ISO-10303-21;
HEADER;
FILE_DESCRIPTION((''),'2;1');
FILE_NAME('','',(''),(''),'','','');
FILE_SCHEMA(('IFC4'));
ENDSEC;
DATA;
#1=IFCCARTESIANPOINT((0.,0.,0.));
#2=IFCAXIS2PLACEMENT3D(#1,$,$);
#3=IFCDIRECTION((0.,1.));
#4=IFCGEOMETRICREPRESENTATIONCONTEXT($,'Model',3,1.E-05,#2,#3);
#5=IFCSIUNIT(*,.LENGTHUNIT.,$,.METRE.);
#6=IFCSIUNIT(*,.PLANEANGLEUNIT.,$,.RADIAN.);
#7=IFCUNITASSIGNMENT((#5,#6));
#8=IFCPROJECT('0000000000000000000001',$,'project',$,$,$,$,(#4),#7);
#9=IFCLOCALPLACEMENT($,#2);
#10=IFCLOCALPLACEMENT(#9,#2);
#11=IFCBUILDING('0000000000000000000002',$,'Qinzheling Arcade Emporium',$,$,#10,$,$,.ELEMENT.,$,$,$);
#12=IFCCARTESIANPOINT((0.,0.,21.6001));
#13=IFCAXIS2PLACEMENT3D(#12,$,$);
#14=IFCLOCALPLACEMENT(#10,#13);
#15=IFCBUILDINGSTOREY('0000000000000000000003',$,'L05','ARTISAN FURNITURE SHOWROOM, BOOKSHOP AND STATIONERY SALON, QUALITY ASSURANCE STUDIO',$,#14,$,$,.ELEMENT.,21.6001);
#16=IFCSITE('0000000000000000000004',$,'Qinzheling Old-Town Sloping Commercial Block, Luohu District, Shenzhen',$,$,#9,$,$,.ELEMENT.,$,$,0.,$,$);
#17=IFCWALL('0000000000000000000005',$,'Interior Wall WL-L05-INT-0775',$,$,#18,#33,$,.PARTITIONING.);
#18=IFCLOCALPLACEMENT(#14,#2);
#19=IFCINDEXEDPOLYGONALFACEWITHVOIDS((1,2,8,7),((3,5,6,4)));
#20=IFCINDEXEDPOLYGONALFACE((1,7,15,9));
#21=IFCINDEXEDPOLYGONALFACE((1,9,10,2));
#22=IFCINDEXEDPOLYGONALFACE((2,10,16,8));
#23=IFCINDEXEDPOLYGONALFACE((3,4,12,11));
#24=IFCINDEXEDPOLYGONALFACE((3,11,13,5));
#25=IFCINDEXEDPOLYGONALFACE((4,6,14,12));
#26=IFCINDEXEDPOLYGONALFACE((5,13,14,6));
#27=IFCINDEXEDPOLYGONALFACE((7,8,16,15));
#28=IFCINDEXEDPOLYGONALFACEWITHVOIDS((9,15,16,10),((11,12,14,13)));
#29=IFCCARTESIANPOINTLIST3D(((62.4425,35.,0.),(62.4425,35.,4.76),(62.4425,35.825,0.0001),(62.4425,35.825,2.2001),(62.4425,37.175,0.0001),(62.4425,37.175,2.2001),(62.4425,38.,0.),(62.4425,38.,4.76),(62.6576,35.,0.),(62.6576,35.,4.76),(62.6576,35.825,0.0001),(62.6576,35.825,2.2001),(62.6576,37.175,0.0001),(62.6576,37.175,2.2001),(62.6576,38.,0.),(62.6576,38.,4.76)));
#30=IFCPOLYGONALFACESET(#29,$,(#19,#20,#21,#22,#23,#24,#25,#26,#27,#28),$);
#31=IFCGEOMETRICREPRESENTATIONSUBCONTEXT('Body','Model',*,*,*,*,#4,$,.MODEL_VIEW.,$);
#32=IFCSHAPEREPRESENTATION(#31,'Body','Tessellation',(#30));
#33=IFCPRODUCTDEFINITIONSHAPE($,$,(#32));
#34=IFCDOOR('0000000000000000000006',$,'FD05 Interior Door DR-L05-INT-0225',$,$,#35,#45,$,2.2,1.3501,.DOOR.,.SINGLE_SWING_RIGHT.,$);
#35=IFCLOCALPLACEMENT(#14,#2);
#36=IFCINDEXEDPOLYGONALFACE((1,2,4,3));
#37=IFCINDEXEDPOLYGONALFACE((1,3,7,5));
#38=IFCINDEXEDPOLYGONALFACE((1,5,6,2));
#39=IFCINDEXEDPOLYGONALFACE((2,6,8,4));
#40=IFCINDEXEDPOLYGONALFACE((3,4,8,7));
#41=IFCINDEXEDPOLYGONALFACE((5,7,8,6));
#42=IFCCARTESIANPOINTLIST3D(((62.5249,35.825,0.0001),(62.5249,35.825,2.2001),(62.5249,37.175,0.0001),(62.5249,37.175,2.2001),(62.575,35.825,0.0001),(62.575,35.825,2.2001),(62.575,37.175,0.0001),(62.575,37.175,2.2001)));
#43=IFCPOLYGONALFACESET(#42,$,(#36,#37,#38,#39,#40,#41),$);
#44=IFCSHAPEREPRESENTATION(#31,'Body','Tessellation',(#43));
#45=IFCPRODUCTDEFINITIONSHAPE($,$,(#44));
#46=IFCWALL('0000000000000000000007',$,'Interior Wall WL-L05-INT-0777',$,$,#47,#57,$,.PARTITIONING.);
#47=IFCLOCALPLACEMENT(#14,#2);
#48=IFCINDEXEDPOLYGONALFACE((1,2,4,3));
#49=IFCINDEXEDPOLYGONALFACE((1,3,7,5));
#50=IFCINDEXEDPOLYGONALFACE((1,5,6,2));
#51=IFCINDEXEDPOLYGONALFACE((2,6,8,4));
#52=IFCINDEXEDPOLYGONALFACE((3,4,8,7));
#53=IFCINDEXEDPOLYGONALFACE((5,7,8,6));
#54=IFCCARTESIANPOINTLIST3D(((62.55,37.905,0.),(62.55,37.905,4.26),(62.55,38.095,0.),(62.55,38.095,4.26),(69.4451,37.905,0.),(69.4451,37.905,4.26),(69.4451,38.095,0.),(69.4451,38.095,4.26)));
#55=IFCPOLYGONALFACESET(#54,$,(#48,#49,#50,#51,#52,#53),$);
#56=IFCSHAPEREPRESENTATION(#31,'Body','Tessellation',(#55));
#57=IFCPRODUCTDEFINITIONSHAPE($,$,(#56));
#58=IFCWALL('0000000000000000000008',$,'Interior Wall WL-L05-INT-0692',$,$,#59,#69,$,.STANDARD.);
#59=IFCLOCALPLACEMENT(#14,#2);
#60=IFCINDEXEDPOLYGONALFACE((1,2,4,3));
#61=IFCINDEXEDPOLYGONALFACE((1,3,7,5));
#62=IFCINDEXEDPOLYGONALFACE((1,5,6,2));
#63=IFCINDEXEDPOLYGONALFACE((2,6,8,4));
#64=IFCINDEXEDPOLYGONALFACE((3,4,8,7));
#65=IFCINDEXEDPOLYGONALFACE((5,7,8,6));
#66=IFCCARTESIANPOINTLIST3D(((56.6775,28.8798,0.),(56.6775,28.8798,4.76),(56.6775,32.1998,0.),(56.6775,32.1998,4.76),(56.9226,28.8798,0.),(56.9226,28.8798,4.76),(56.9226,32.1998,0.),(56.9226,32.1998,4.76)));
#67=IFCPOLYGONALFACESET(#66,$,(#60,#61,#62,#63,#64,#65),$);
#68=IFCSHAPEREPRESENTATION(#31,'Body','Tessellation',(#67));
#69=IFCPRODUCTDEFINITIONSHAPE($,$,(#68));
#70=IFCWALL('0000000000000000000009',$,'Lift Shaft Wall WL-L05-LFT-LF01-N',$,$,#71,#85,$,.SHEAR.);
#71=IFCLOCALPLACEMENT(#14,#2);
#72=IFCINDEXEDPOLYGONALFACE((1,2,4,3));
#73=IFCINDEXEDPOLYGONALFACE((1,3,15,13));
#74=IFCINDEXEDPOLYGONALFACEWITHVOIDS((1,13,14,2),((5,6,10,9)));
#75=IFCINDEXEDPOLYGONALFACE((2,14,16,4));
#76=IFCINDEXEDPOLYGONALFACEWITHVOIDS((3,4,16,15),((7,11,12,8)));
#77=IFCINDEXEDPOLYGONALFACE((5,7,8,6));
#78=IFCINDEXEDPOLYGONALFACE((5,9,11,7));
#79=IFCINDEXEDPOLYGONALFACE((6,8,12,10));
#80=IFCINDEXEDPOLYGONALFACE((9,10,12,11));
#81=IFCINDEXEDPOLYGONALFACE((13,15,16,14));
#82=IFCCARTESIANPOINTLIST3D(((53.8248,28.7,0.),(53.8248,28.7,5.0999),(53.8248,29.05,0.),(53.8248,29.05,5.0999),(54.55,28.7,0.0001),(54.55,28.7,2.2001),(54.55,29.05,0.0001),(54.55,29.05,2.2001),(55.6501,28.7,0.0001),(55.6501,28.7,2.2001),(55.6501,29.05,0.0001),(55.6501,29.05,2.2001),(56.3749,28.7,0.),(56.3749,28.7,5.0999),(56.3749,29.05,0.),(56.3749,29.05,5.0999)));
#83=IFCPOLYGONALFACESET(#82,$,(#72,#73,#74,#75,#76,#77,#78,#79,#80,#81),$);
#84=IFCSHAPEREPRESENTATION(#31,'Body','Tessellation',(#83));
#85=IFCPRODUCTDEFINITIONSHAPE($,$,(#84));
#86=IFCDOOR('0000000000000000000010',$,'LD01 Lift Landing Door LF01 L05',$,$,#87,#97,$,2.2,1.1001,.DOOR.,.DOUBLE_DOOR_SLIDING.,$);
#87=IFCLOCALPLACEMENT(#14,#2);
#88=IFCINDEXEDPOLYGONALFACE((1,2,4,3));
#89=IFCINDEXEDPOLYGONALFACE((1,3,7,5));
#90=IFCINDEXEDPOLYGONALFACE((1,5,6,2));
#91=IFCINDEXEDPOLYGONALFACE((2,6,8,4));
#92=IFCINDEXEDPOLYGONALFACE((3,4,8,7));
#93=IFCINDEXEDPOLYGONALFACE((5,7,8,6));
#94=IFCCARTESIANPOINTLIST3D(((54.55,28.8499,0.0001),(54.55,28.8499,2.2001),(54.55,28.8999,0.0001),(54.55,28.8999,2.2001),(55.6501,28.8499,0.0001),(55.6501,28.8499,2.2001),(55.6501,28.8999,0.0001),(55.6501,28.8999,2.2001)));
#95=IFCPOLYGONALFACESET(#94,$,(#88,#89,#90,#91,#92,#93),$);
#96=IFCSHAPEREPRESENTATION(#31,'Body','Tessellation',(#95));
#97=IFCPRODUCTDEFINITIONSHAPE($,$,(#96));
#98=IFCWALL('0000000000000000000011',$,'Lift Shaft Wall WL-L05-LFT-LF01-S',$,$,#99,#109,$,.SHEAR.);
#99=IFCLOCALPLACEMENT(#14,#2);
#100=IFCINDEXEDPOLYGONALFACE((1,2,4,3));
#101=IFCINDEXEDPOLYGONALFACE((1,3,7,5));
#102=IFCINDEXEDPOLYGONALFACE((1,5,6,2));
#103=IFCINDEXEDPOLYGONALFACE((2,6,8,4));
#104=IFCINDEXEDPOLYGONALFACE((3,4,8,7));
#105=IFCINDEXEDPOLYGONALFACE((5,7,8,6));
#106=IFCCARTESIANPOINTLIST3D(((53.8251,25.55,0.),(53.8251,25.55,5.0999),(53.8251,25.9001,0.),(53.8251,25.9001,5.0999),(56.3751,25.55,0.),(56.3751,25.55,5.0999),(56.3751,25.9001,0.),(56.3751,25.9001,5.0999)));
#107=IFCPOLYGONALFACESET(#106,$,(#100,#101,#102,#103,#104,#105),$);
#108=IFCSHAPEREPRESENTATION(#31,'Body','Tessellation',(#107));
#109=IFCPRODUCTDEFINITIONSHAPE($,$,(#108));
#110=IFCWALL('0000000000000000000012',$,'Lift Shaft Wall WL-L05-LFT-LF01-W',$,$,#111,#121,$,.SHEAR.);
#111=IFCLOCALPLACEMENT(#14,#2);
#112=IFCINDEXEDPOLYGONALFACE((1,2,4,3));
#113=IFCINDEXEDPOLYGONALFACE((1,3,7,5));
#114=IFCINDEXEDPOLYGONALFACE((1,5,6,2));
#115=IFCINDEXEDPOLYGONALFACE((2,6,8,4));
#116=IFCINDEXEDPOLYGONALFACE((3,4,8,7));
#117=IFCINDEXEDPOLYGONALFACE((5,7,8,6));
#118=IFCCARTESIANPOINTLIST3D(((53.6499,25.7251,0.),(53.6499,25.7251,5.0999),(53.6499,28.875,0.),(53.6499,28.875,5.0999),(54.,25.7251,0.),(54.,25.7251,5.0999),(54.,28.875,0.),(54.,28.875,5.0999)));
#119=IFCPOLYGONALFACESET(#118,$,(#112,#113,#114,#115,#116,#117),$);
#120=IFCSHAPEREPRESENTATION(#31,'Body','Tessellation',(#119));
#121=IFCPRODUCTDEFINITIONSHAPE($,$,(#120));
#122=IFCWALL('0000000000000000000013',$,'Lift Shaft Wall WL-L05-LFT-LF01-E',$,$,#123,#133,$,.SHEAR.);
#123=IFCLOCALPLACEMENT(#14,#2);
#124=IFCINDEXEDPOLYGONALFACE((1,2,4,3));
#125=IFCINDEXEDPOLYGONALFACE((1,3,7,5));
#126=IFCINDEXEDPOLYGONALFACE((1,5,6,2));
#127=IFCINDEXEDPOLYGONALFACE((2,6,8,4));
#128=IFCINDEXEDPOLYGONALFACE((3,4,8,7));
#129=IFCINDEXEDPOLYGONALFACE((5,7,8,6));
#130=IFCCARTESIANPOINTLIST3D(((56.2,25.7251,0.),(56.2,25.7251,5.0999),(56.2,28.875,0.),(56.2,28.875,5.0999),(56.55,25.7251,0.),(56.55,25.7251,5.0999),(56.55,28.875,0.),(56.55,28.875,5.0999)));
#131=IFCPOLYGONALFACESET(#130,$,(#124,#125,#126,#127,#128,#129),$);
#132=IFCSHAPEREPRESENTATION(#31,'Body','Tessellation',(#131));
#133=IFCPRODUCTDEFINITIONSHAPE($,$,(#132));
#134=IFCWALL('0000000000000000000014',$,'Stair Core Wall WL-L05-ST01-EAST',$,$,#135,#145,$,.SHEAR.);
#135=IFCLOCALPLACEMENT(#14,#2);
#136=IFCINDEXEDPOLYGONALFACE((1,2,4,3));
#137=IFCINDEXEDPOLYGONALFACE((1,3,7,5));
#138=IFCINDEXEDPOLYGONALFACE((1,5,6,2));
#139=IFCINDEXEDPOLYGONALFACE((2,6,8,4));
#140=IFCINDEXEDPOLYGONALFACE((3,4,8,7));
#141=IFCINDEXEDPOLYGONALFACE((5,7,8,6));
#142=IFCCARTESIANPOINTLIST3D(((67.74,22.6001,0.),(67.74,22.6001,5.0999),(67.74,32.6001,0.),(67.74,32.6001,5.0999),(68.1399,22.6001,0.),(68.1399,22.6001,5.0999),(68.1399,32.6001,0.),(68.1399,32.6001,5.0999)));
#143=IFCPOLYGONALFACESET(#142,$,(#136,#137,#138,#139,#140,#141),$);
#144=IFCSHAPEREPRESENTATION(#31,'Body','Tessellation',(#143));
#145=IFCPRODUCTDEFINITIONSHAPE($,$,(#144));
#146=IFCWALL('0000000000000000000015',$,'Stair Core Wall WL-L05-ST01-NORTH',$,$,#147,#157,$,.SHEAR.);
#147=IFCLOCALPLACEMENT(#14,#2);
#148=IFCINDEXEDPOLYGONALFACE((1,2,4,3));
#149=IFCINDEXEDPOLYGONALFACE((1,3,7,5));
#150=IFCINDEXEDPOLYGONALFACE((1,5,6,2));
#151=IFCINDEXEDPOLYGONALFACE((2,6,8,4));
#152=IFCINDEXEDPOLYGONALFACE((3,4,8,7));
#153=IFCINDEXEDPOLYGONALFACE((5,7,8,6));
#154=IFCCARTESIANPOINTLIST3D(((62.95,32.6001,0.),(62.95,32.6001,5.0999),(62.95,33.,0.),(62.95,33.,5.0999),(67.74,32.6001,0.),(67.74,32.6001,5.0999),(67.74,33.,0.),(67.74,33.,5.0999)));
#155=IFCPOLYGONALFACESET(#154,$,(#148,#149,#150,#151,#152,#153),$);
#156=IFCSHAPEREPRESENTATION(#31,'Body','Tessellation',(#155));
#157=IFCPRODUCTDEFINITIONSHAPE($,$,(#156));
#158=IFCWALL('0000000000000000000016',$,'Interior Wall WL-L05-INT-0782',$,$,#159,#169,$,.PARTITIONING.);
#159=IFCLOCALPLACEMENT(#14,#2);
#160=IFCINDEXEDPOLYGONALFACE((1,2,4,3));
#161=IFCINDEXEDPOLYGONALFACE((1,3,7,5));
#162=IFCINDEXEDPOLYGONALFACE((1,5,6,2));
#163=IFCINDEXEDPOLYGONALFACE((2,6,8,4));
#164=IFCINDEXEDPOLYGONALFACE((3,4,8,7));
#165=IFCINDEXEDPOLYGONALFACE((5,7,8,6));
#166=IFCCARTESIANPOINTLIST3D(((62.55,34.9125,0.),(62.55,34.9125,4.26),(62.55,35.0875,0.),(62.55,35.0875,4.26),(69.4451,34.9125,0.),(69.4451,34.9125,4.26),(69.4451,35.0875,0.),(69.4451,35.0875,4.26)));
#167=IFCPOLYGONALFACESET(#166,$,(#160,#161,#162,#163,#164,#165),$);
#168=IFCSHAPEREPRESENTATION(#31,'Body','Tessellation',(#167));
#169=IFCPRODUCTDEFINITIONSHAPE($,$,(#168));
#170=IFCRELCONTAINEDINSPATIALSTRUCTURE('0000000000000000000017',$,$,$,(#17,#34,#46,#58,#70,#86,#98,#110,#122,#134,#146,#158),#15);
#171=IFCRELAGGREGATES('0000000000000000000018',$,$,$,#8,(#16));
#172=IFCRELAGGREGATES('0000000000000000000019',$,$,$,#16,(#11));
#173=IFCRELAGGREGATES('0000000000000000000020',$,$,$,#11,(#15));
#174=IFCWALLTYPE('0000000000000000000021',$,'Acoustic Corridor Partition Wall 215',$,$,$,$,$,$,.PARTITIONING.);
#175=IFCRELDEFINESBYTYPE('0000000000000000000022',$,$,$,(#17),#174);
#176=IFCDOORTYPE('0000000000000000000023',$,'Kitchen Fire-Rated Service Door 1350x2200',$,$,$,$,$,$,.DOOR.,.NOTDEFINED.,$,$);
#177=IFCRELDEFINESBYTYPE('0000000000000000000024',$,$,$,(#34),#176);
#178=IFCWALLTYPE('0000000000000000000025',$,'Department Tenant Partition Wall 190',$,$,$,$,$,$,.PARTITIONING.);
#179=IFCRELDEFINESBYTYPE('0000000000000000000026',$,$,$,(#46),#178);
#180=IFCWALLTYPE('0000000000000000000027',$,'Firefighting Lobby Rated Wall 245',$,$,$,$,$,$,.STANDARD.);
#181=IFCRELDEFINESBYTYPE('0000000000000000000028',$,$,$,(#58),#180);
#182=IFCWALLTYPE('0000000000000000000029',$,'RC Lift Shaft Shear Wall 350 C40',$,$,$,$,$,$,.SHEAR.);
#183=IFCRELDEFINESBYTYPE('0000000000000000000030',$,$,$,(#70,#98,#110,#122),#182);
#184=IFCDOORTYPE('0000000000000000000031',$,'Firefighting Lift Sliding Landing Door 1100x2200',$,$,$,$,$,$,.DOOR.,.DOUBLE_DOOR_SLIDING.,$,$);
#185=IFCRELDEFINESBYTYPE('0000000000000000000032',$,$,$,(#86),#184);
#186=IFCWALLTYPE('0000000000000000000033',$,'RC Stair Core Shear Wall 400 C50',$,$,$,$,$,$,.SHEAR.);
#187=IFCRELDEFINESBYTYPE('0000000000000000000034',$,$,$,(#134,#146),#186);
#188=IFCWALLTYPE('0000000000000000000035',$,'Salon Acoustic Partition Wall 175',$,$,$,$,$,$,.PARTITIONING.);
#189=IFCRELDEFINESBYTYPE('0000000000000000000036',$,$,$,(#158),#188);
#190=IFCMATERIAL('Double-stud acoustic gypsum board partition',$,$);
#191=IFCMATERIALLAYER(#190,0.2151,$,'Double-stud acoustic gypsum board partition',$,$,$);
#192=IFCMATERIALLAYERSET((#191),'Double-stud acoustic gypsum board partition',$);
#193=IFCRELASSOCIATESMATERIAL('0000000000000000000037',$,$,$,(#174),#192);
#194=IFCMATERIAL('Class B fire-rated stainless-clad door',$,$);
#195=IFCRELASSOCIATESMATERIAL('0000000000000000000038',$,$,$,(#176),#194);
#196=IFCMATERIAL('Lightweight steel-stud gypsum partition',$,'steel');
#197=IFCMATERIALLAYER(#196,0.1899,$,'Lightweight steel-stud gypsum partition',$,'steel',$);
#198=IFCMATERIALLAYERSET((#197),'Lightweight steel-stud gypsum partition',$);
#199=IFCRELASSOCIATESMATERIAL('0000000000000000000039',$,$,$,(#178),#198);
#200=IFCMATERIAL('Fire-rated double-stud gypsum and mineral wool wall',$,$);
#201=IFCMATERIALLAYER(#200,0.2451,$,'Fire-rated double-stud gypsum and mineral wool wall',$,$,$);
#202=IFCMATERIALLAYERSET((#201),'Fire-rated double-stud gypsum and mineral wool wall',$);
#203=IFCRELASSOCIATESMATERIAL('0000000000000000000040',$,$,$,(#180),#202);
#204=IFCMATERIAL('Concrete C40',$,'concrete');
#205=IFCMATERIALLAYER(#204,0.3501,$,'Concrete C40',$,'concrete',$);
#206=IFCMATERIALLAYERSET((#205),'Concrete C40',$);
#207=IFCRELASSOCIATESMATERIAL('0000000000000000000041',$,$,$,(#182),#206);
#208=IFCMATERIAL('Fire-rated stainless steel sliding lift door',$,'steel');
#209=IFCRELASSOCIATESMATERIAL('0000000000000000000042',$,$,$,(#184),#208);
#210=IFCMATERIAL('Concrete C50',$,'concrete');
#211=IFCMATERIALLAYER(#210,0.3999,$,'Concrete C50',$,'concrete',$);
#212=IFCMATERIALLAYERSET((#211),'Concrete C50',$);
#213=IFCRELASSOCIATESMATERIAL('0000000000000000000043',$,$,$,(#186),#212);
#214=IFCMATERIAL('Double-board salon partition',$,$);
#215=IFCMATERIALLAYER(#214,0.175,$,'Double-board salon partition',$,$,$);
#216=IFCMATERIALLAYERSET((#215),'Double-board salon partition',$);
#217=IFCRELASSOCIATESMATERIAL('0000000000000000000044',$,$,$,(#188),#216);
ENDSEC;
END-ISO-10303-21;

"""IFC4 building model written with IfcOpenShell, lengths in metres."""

from ifc_helpers import new_model, si_unit, direction, frame, frame_2d, origin, place, context, subcontext, project, spatial, rectangle, extrude, material, layer, layer_set, type_object, element, fill, save


model = new_model("IFC4")

# Units and contexts
model_context = context("Model", 3, precision=1e-05, world=origin(), true_north=direction((0.0, 1.0)))
body_context = subcontext(model_context, "Body", "Model", "MODEL_VIEW")
ifc_project = project(units=[si_unit("LENGTHUNIT", "METRE"), si_unit("PLANEANGLEUNIT", "RADIAN")], contexts=[model_context])

# Site, building, storey
site_placement = place(None, origin())
site = spatial("IfcSite", under=ifc_project, at=site_placement, Name="Qinzheling Old-Town Sloping Commercial Block, Luohu District, Shenzhen", CompositionType="ELEMENT", RefElevation=0.0)
building_placement = place(site_placement, origin())
building = spatial("IfcBuilding", under=site, at=building_placement, Name="Qinzheling Arcade Emporium", CompositionType="ELEMENT")
storey_placement = place(building_placement, frame((0.0, 0.0, 21.6001)))
storey = spatial("IfcBuildingStorey", under=building, at=storey_placement, Name="L05", Description="ARTISAN FURNITURE SHOWROOM, BOOKSHOP AND STATIONERY SALON, QUALITY ASSURANCE STUDIO", CompositionType="ELEMENT", Elevation=21.6001)

# Shared definitions
ifc_material_1 = material(Name="Concrete C40", Category="concrete")

# Shared definitions
ifc_material_2 = material(Name="Double-stud acoustic gypsum board partition")
ifc_layer_1 = layer(ifc_material_2, 0.2151, Name="Double-stud acoustic gypsum board partition")
ifc_layer_set_1 = layer_set([ifc_layer_1], Name="Double-stud acoustic gypsum board partition")
wall_type_1 = type_object("IfcWallType", Name="Acoustic Corridor Partition Wall 215", PredefinedType="PARTITIONING", material=ifc_layer_set_1)

# Wall, opening, door
wall_1_placement = place(storey_placement, frame((62.55, 38.0, 0.0), z_axis=(0.0, 0.0, 1.0), x_axis=(0.0, -1.0, 0.0)))
wall_1 = element("IfcWall", 1, at=wall_1_placement, inside=storey, type_object=wall_type_1, Name="Interior Wall WL-L05-INT-0775", PredefinedType="PARTITIONING", context=body_context, shape_type="SweptSolid", body=[
    extrude(rectangle(XDim=3.0, YDim=0.2151, at=frame_2d((1.5, 0.0))), origin(), (0.0, 0.0, 1.0), 4.76),
])
opening_1_placement = place(wall_1_placement, frame((0.825, 0.0, 0.0)))
opening_1 = element("IfcOpeningElement", 2, at=opening_1_placement, cuts=wall_1, PredefinedType="OPENING", context=body_context, shape_type="SweptSolid", body=[
    extrude(rectangle(XDim=1.3501, YDim=2.2, at=frame_2d((0.675, 1.1001))), frame((0.0, 0.1177, 0.0), z_axis=(0.0, -1.0, 0.0), x_axis=(1.0, 0.0, 0.0)), (0.0, 0.0, 1.0), 0.2351),
])
ifc_material_3 = material(Name="Class B fire-rated stainless-clad door")
door_type_1 = type_object("IfcDoorType", Name="Kitchen Fire-Rated Service Door 1350x2200", OperationType="NOTDEFINED", PredefinedType="DOOR", material=ifc_material_3)
door_1_placement = place(opening_1_placement, origin())
door_1 = element("IfcDoor", 3, at=door_1_placement, inside=storey, type_object=door_type_1, Name="FD05 Interior Door DR-L05-INT-0225", OperationType="SINGLE_SWING_RIGHT", OverallHeight=2.2, OverallWidth=1.3501, PredefinedType="DOOR", context=body_context, shape_type="SweptSolid", body=[
    extrude(rectangle(XDim=1.3501, YDim=2.2, at=frame_2d((0.675, 1.1001))), frame((0.0, 0.0249, 0.0), z_axis=(0.0, -1.0, 0.0), x_axis=(1.0, 0.0, 0.0)), (0.0, 0.0, 1.0), 0.05),
])
fill(opening_1, door_1)

# Walls
ifc_material_4 = material(Name="Lightweight steel-stud gypsum partition", Category="steel")
ifc_layer_2 = layer(ifc_material_4, 0.1899, Name="Lightweight steel-stud gypsum partition", Category="steel")
ifc_layer_set_2 = layer_set([ifc_layer_2], Name="Lightweight steel-stud gypsum partition")
wall_type_2 = type_object("IfcWallType", Name="Department Tenant Partition Wall 190", PredefinedType="PARTITIONING", material=ifc_layer_set_2)
wall_2_placement = place(storey_placement, frame((69.4451, 38.0, 0.0), z_axis=(0.0, 0.0, 1.0), x_axis=(-1.0, 0.0, 0.0)))
element("IfcWall", 4, at=wall_2_placement, inside=storey, type_object=wall_type_2, Name="Interior Wall WL-L05-INT-0777", PredefinedType="PARTITIONING", context=body_context, shape_type="SweptSolid", body=[
    extrude(rectangle(XDim=6.895, YDim=0.1899, at=frame_2d((3.4475, 0.0))), origin(), (0.0, 0.0, 1.0), 4.26),
])
ifc_material_5 = material(Name="Fire-rated double-stud gypsum and mineral wool wall")
ifc_layer_3 = layer(ifc_material_5, 0.2451, Name="Fire-rated double-stud gypsum and mineral wool wall")
ifc_layer_set_3 = layer_set([ifc_layer_3], Name="Fire-rated double-stud gypsum and mineral wool wall")
wall_type_3 = type_object("IfcWallType", Name="Firefighting Lobby Rated Wall 245", PredefinedType="STANDARD", material=ifc_layer_set_3)
wall_3_placement = place(storey_placement, frame((56.8, 32.2, 0.0), z_axis=(0.0, 0.0, 1.0), x_axis=(0.0, -1.0, 0.0)))
element("IfcWall", 5, at=wall_3_placement, inside=storey, type_object=wall_type_3, Name="Interior Wall WL-L05-INT-0692", PredefinedType="STANDARD", context=body_context, shape_type="SweptSolid", body=[
    extrude(rectangle(XDim=3.3201, YDim=0.2451, at=frame_2d((1.6602, 0.0))), origin(), (0.0, 0.0, 1.0), 4.76),
])

# Wall, opening, door
ifc_layer_4 = layer(ifc_material_1, 0.3501, Name="Concrete C40", Category="concrete")
ifc_layer_set_4 = layer_set([ifc_layer_4], Name="Concrete C40")
wall_type_4 = type_object("IfcWallType", Name="RC Lift Shaft Shear Wall 350 C40", PredefinedType="SHEAR", material=ifc_layer_set_4)
wall_4_placement = place(storey_placement, frame((53.825, 28.875, 0.0), z_axis=(0.0, 0.0, 1.0), x_axis=(1.0, 0.0, 0.0)))
wall_4 = element("IfcWall", 6, at=wall_4_placement, inside=storey, type_object=wall_type_4, Name="Lift Shaft Wall WL-L05-LFT-LF01-N", PredefinedType="SHEAR", context=body_context, shape_type="SweptSolid", body=[
    extrude(rectangle(XDim=2.55, YDim=0.3501, at=frame_2d((1.2749, 0.0))), origin(), (0.0, 0.0, 1.0), 5.0999),
])
opening_2_placement = place(wall_4_placement, frame((0.7251, 0.0, 0.0)))
opening_2 = element("IfcOpeningElement", 7, at=opening_2_placement, cuts=wall_4, PredefinedType="OPENING", context=body_context, shape_type="SweptSolid", body=[
    extrude(rectangle(XDim=1.1001, YDim=2.2, at=frame_2d((0.55, 1.1001))), frame((0.0, 0.1851, 0.0), z_axis=(0.0, -1.0, 0.0), x_axis=(1.0, 0.0, 0.0)), (0.0, 0.0, 1.0), 0.3701),
])
ifc_material_6 = material(Name="Fire-rated stainless steel sliding lift door", Category="steel")
door_type_2 = type_object("IfcDoorType", Name="Firefighting Lift Sliding Landing Door 1100x2200", OperationType="DOUBLE_DOOR_SLIDING", PredefinedType="DOOR", material=ifc_material_6)
door_2_placement = place(opening_2_placement, origin())
door_2 = element("IfcDoor", 8, at=door_2_placement, inside=storey, type_object=door_type_2, Name="LD01 Lift Landing Door LF01 L05", OperationType="DOUBLE_DOOR_SLIDING", OverallHeight=2.2, OverallWidth=1.1001, PredefinedType="DOOR", context=body_context, shape_type="SweptSolid", body=[
    extrude(rectangle(XDim=1.1001, YDim=2.2, at=frame_2d((0.55, 1.1001))), frame((0.0, 0.0249, 0.0), z_axis=(0.0, -1.0, 0.0), x_axis=(1.0, 0.0, 0.0)), (0.0, 0.0, 1.0), 0.05),
])
fill(opening_2, door_2)

# Walls
wall_5_placement = place(storey_placement, frame((56.375, 25.7251, 0.0), z_axis=(0.0, 0.0, 1.0), x_axis=(-1.0, 0.0, 0.0)))
element("IfcWall", 9, at=wall_5_placement, inside=storey, type_object=wall_type_4, Name="Lift Shaft Wall WL-L05-LFT-LF01-S", PredefinedType="SHEAR", context=body_context, shape_type="SweptSolid", body=[
    extrude(rectangle(XDim=2.55, YDim=0.3501, at=frame_2d((1.2749, 0.0))), origin(), (0.0, 0.0, 1.0), 5.0999),
])
for number, where, z_axis, x_axis, name in (
    (10, (53.825, 25.7251, 0.0), (0.0, 0.0, 1.0), (0.0, 1.0, 0.0), "Lift Shaft Wall WL-L05-LFT-LF01-W"),
    (11, (56.375, 28.875, 0.0), (0.0, 0.0, 1.0), (0.0, -1.0, 0.0), "Lift Shaft Wall WL-L05-LFT-LF01-E"),
):
    element("IfcWall", number, at=place(storey_placement, frame(where, z_axis=z_axis, x_axis=x_axis)), inside=storey, type_object=wall_type_4, Name=name, PredefinedType="SHEAR", context=body_context, shape_type="SweptSolid", body=[
        extrude(rectangle(XDim=3.1499, YDim=0.3501, at=frame_2d((1.575, 0.0))), origin(), (0.0, 0.0, 1.0), 5.0999),
    ])
ifc_material_7 = material(Name="Concrete C50", Category="concrete")
ifc_layer_5 = layer(ifc_material_7, 0.3999, Name="Concrete C50", Category="concrete")
ifc_layer_set_5 = layer_set([ifc_layer_5], Name="Concrete C50")
wall_type_5 = type_object("IfcWallType", Name="RC Stair Core Shear Wall 400 C50", PredefinedType="SHEAR", material=ifc_layer_set_5)
wall_6_placement = place(storey_placement, frame((67.9399, 32.6001, 0.0), z_axis=(0.0, 0.0, 1.0), x_axis=(0.0, -1.0, 0.0)))
element("IfcWall", 12, at=wall_6_placement, inside=storey, type_object=wall_type_5, Name="Stair Core Wall WL-L05-ST01-EAST", PredefinedType="SHEAR", context=body_context, shape_type="SweptSolid", body=[
    extrude(rectangle(XDim=10.0, YDim=0.3999, at=frame_2d((5.0, 0.0))), origin(), (0.0, 0.0, 1.0), 5.0999),
])
wall_7_placement = place(storey_placement, frame((62.95, 32.8, 0.0), z_axis=(0.0, 0.0, 1.0), x_axis=(1.0, 0.0, 0.0)))
element("IfcWall", 13, at=wall_7_placement, inside=storey, type_object=wall_type_5, Name="Stair Core Wall WL-L05-ST01-NORTH", PredefinedType="SHEAR", context=body_context, shape_type="SweptSolid", body=[
    extrude(rectangle(XDim=4.79, YDim=0.3999, at=frame_2d((2.395, 0.0))), origin(), (0.0, 0.0, 1.0), 5.0999),
])
ifc_material_8 = material(Name="Double-board salon partition")
ifc_layer_6 = layer(ifc_material_8, 0.175, Name="Double-board salon partition")
ifc_layer_set_6 = layer_set([ifc_layer_6], Name="Double-board salon partition")
wall_type_6 = type_object("IfcWallType", Name="Salon Acoustic Partition Wall 175", PredefinedType="PARTITIONING", material=ifc_layer_set_6)
wall_8_placement = place(storey_placement, frame((62.55, 35.0, 0.0), z_axis=(0.0, 0.0, 1.0), x_axis=(1.0, 0.0, 0.0)))
element("IfcWall", 14, at=wall_8_placement, inside=storey, type_object=wall_type_6, Name="Interior Wall WL-L05-INT-0782", PredefinedType="PARTITIONING", context=body_context, shape_type="SweptSolid", body=[
    extrude(rectangle(XDim=6.895, YDim=0.175, at=frame_2d((3.4475, 0.0))), origin(), (0.0, 0.0, 1.0), 4.26),
])

save(model, "model.ifc")
